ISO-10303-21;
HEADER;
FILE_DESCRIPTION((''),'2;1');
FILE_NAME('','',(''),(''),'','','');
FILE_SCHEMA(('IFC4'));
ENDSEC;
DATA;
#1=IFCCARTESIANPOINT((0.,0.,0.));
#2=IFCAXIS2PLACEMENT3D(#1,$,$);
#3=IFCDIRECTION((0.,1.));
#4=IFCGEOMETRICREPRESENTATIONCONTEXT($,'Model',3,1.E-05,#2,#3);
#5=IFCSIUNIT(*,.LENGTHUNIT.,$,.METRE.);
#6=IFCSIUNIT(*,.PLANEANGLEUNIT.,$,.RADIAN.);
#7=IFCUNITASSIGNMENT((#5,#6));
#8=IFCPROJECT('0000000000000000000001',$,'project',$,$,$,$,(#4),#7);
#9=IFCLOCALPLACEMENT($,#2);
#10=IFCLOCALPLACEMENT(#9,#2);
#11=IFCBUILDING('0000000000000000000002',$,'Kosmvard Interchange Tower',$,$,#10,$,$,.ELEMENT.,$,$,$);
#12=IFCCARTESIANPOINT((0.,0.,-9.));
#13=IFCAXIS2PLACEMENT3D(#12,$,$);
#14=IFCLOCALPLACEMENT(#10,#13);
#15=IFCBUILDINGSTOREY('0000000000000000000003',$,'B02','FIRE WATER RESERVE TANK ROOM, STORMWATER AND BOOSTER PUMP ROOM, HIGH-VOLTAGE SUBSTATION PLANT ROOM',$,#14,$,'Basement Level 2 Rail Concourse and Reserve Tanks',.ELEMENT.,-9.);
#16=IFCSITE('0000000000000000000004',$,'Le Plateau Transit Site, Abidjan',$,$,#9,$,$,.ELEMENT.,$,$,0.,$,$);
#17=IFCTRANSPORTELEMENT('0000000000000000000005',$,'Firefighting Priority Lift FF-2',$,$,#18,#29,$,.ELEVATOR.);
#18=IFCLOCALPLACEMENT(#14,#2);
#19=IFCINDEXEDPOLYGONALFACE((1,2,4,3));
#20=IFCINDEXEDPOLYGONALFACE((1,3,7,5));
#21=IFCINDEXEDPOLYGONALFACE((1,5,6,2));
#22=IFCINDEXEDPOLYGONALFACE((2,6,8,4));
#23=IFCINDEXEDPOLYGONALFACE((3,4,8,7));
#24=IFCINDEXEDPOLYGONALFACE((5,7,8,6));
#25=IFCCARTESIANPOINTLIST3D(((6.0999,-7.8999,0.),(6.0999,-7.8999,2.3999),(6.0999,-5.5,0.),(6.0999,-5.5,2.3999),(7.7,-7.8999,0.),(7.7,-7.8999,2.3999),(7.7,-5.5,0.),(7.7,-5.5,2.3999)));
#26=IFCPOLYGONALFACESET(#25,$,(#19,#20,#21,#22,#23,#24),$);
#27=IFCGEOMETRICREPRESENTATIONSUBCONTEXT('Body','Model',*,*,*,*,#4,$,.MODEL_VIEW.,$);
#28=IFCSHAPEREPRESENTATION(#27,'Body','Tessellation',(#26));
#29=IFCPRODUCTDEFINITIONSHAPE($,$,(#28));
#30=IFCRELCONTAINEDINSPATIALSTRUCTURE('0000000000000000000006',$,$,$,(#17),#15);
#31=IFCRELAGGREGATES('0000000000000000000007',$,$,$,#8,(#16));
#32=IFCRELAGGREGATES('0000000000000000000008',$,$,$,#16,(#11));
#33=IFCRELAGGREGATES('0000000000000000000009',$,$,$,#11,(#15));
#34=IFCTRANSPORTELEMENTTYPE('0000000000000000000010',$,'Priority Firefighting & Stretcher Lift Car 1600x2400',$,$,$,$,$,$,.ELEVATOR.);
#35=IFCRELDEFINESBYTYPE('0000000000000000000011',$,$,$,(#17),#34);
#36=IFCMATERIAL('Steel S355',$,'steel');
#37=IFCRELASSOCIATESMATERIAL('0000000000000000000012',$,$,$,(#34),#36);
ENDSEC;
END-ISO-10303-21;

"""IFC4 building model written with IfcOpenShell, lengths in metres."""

from ifc_helpers import new_model, si_unit, direction, frame, origin, origin_2d, place, context, subcontext, project, spatial, rectangle, extrude, source, transform, mapped, material, type_object, element, save


model = new_model("IFC4")

# Units and contexts
model_context = context("Model", 3, precision=1e-05, world=origin(), true_north=direction((0.0, 1.0)))
body_context = subcontext(model_context, "Body", "Model", "MODEL_VIEW")
ifc_project = project(units=[si_unit("LENGTHUNIT", "METRE"), si_unit("PLANEANGLEUNIT", "RADIAN")], contexts=[model_context])

# Site, building, storey
site_placement = place(None, origin())
site = spatial("IfcSite", under=ifc_project, at=site_placement, Name="Le Plateau Transit Site, Abidjan", CompositionType="ELEMENT", RefElevation=0.0)
building_placement = place(site_placement, origin())
building = spatial("IfcBuilding", under=site, at=building_placement, Name="Kosmvard Interchange Tower", CompositionType="ELEMENT")
storey_placement = place(building_placement, frame((0.0, 0.0, -9.0)))
storey = spatial("IfcBuildingStorey", under=building, at=storey_placement, Name="B02", Description="FIRE WATER RESERVE TANK ROOM, STORMWATER AND BOOSTER PUMP ROOM, HIGH-VOLTAGE SUBSTATION PLANT ROOM", LongName="Basement Level 2 Rail Concourse and Reserve Tanks", CompositionType="ELEMENT", Elevation=-9.0)

# Transport element
ifc_material_1 = material(Name="Steel S355", Category="steel")
transport_element_type = type_object("IfcTransportElementType", Name="Priority Firefighting & Stretcher Lift Car 1600x2400", PredefinedType="ELEVATOR", material=ifc_material_1)
shared_shape_1 = source(origin(), body_context, "Body", "SweptSolid", [
    extrude(rectangle(XDim=1.6001, YDim=2.3999, at=origin_2d()), origin(), (0.0, 0.0, 1.0), 2.3999),
])
transport_element_placement = place(storey_placement, frame((6.8999, -6.7, 0.0), z_axis=(0.0, 0.0, 1.0), x_axis=(1.0, 0.0, 0.0)))
element("IfcTransportElement", 1, at=transport_element_placement, inside=storey, type_object=transport_element_type, Name="Firefighting Priority Lift FF-2", PredefinedType="ELEVATOR", context=body_context, shape_type="MappedRepresentation", body=[
    mapped(shared_shape_1, transform((0.0, 0.0, 0.0), scale=1.0)),
])

save(model, "model.ifc")
